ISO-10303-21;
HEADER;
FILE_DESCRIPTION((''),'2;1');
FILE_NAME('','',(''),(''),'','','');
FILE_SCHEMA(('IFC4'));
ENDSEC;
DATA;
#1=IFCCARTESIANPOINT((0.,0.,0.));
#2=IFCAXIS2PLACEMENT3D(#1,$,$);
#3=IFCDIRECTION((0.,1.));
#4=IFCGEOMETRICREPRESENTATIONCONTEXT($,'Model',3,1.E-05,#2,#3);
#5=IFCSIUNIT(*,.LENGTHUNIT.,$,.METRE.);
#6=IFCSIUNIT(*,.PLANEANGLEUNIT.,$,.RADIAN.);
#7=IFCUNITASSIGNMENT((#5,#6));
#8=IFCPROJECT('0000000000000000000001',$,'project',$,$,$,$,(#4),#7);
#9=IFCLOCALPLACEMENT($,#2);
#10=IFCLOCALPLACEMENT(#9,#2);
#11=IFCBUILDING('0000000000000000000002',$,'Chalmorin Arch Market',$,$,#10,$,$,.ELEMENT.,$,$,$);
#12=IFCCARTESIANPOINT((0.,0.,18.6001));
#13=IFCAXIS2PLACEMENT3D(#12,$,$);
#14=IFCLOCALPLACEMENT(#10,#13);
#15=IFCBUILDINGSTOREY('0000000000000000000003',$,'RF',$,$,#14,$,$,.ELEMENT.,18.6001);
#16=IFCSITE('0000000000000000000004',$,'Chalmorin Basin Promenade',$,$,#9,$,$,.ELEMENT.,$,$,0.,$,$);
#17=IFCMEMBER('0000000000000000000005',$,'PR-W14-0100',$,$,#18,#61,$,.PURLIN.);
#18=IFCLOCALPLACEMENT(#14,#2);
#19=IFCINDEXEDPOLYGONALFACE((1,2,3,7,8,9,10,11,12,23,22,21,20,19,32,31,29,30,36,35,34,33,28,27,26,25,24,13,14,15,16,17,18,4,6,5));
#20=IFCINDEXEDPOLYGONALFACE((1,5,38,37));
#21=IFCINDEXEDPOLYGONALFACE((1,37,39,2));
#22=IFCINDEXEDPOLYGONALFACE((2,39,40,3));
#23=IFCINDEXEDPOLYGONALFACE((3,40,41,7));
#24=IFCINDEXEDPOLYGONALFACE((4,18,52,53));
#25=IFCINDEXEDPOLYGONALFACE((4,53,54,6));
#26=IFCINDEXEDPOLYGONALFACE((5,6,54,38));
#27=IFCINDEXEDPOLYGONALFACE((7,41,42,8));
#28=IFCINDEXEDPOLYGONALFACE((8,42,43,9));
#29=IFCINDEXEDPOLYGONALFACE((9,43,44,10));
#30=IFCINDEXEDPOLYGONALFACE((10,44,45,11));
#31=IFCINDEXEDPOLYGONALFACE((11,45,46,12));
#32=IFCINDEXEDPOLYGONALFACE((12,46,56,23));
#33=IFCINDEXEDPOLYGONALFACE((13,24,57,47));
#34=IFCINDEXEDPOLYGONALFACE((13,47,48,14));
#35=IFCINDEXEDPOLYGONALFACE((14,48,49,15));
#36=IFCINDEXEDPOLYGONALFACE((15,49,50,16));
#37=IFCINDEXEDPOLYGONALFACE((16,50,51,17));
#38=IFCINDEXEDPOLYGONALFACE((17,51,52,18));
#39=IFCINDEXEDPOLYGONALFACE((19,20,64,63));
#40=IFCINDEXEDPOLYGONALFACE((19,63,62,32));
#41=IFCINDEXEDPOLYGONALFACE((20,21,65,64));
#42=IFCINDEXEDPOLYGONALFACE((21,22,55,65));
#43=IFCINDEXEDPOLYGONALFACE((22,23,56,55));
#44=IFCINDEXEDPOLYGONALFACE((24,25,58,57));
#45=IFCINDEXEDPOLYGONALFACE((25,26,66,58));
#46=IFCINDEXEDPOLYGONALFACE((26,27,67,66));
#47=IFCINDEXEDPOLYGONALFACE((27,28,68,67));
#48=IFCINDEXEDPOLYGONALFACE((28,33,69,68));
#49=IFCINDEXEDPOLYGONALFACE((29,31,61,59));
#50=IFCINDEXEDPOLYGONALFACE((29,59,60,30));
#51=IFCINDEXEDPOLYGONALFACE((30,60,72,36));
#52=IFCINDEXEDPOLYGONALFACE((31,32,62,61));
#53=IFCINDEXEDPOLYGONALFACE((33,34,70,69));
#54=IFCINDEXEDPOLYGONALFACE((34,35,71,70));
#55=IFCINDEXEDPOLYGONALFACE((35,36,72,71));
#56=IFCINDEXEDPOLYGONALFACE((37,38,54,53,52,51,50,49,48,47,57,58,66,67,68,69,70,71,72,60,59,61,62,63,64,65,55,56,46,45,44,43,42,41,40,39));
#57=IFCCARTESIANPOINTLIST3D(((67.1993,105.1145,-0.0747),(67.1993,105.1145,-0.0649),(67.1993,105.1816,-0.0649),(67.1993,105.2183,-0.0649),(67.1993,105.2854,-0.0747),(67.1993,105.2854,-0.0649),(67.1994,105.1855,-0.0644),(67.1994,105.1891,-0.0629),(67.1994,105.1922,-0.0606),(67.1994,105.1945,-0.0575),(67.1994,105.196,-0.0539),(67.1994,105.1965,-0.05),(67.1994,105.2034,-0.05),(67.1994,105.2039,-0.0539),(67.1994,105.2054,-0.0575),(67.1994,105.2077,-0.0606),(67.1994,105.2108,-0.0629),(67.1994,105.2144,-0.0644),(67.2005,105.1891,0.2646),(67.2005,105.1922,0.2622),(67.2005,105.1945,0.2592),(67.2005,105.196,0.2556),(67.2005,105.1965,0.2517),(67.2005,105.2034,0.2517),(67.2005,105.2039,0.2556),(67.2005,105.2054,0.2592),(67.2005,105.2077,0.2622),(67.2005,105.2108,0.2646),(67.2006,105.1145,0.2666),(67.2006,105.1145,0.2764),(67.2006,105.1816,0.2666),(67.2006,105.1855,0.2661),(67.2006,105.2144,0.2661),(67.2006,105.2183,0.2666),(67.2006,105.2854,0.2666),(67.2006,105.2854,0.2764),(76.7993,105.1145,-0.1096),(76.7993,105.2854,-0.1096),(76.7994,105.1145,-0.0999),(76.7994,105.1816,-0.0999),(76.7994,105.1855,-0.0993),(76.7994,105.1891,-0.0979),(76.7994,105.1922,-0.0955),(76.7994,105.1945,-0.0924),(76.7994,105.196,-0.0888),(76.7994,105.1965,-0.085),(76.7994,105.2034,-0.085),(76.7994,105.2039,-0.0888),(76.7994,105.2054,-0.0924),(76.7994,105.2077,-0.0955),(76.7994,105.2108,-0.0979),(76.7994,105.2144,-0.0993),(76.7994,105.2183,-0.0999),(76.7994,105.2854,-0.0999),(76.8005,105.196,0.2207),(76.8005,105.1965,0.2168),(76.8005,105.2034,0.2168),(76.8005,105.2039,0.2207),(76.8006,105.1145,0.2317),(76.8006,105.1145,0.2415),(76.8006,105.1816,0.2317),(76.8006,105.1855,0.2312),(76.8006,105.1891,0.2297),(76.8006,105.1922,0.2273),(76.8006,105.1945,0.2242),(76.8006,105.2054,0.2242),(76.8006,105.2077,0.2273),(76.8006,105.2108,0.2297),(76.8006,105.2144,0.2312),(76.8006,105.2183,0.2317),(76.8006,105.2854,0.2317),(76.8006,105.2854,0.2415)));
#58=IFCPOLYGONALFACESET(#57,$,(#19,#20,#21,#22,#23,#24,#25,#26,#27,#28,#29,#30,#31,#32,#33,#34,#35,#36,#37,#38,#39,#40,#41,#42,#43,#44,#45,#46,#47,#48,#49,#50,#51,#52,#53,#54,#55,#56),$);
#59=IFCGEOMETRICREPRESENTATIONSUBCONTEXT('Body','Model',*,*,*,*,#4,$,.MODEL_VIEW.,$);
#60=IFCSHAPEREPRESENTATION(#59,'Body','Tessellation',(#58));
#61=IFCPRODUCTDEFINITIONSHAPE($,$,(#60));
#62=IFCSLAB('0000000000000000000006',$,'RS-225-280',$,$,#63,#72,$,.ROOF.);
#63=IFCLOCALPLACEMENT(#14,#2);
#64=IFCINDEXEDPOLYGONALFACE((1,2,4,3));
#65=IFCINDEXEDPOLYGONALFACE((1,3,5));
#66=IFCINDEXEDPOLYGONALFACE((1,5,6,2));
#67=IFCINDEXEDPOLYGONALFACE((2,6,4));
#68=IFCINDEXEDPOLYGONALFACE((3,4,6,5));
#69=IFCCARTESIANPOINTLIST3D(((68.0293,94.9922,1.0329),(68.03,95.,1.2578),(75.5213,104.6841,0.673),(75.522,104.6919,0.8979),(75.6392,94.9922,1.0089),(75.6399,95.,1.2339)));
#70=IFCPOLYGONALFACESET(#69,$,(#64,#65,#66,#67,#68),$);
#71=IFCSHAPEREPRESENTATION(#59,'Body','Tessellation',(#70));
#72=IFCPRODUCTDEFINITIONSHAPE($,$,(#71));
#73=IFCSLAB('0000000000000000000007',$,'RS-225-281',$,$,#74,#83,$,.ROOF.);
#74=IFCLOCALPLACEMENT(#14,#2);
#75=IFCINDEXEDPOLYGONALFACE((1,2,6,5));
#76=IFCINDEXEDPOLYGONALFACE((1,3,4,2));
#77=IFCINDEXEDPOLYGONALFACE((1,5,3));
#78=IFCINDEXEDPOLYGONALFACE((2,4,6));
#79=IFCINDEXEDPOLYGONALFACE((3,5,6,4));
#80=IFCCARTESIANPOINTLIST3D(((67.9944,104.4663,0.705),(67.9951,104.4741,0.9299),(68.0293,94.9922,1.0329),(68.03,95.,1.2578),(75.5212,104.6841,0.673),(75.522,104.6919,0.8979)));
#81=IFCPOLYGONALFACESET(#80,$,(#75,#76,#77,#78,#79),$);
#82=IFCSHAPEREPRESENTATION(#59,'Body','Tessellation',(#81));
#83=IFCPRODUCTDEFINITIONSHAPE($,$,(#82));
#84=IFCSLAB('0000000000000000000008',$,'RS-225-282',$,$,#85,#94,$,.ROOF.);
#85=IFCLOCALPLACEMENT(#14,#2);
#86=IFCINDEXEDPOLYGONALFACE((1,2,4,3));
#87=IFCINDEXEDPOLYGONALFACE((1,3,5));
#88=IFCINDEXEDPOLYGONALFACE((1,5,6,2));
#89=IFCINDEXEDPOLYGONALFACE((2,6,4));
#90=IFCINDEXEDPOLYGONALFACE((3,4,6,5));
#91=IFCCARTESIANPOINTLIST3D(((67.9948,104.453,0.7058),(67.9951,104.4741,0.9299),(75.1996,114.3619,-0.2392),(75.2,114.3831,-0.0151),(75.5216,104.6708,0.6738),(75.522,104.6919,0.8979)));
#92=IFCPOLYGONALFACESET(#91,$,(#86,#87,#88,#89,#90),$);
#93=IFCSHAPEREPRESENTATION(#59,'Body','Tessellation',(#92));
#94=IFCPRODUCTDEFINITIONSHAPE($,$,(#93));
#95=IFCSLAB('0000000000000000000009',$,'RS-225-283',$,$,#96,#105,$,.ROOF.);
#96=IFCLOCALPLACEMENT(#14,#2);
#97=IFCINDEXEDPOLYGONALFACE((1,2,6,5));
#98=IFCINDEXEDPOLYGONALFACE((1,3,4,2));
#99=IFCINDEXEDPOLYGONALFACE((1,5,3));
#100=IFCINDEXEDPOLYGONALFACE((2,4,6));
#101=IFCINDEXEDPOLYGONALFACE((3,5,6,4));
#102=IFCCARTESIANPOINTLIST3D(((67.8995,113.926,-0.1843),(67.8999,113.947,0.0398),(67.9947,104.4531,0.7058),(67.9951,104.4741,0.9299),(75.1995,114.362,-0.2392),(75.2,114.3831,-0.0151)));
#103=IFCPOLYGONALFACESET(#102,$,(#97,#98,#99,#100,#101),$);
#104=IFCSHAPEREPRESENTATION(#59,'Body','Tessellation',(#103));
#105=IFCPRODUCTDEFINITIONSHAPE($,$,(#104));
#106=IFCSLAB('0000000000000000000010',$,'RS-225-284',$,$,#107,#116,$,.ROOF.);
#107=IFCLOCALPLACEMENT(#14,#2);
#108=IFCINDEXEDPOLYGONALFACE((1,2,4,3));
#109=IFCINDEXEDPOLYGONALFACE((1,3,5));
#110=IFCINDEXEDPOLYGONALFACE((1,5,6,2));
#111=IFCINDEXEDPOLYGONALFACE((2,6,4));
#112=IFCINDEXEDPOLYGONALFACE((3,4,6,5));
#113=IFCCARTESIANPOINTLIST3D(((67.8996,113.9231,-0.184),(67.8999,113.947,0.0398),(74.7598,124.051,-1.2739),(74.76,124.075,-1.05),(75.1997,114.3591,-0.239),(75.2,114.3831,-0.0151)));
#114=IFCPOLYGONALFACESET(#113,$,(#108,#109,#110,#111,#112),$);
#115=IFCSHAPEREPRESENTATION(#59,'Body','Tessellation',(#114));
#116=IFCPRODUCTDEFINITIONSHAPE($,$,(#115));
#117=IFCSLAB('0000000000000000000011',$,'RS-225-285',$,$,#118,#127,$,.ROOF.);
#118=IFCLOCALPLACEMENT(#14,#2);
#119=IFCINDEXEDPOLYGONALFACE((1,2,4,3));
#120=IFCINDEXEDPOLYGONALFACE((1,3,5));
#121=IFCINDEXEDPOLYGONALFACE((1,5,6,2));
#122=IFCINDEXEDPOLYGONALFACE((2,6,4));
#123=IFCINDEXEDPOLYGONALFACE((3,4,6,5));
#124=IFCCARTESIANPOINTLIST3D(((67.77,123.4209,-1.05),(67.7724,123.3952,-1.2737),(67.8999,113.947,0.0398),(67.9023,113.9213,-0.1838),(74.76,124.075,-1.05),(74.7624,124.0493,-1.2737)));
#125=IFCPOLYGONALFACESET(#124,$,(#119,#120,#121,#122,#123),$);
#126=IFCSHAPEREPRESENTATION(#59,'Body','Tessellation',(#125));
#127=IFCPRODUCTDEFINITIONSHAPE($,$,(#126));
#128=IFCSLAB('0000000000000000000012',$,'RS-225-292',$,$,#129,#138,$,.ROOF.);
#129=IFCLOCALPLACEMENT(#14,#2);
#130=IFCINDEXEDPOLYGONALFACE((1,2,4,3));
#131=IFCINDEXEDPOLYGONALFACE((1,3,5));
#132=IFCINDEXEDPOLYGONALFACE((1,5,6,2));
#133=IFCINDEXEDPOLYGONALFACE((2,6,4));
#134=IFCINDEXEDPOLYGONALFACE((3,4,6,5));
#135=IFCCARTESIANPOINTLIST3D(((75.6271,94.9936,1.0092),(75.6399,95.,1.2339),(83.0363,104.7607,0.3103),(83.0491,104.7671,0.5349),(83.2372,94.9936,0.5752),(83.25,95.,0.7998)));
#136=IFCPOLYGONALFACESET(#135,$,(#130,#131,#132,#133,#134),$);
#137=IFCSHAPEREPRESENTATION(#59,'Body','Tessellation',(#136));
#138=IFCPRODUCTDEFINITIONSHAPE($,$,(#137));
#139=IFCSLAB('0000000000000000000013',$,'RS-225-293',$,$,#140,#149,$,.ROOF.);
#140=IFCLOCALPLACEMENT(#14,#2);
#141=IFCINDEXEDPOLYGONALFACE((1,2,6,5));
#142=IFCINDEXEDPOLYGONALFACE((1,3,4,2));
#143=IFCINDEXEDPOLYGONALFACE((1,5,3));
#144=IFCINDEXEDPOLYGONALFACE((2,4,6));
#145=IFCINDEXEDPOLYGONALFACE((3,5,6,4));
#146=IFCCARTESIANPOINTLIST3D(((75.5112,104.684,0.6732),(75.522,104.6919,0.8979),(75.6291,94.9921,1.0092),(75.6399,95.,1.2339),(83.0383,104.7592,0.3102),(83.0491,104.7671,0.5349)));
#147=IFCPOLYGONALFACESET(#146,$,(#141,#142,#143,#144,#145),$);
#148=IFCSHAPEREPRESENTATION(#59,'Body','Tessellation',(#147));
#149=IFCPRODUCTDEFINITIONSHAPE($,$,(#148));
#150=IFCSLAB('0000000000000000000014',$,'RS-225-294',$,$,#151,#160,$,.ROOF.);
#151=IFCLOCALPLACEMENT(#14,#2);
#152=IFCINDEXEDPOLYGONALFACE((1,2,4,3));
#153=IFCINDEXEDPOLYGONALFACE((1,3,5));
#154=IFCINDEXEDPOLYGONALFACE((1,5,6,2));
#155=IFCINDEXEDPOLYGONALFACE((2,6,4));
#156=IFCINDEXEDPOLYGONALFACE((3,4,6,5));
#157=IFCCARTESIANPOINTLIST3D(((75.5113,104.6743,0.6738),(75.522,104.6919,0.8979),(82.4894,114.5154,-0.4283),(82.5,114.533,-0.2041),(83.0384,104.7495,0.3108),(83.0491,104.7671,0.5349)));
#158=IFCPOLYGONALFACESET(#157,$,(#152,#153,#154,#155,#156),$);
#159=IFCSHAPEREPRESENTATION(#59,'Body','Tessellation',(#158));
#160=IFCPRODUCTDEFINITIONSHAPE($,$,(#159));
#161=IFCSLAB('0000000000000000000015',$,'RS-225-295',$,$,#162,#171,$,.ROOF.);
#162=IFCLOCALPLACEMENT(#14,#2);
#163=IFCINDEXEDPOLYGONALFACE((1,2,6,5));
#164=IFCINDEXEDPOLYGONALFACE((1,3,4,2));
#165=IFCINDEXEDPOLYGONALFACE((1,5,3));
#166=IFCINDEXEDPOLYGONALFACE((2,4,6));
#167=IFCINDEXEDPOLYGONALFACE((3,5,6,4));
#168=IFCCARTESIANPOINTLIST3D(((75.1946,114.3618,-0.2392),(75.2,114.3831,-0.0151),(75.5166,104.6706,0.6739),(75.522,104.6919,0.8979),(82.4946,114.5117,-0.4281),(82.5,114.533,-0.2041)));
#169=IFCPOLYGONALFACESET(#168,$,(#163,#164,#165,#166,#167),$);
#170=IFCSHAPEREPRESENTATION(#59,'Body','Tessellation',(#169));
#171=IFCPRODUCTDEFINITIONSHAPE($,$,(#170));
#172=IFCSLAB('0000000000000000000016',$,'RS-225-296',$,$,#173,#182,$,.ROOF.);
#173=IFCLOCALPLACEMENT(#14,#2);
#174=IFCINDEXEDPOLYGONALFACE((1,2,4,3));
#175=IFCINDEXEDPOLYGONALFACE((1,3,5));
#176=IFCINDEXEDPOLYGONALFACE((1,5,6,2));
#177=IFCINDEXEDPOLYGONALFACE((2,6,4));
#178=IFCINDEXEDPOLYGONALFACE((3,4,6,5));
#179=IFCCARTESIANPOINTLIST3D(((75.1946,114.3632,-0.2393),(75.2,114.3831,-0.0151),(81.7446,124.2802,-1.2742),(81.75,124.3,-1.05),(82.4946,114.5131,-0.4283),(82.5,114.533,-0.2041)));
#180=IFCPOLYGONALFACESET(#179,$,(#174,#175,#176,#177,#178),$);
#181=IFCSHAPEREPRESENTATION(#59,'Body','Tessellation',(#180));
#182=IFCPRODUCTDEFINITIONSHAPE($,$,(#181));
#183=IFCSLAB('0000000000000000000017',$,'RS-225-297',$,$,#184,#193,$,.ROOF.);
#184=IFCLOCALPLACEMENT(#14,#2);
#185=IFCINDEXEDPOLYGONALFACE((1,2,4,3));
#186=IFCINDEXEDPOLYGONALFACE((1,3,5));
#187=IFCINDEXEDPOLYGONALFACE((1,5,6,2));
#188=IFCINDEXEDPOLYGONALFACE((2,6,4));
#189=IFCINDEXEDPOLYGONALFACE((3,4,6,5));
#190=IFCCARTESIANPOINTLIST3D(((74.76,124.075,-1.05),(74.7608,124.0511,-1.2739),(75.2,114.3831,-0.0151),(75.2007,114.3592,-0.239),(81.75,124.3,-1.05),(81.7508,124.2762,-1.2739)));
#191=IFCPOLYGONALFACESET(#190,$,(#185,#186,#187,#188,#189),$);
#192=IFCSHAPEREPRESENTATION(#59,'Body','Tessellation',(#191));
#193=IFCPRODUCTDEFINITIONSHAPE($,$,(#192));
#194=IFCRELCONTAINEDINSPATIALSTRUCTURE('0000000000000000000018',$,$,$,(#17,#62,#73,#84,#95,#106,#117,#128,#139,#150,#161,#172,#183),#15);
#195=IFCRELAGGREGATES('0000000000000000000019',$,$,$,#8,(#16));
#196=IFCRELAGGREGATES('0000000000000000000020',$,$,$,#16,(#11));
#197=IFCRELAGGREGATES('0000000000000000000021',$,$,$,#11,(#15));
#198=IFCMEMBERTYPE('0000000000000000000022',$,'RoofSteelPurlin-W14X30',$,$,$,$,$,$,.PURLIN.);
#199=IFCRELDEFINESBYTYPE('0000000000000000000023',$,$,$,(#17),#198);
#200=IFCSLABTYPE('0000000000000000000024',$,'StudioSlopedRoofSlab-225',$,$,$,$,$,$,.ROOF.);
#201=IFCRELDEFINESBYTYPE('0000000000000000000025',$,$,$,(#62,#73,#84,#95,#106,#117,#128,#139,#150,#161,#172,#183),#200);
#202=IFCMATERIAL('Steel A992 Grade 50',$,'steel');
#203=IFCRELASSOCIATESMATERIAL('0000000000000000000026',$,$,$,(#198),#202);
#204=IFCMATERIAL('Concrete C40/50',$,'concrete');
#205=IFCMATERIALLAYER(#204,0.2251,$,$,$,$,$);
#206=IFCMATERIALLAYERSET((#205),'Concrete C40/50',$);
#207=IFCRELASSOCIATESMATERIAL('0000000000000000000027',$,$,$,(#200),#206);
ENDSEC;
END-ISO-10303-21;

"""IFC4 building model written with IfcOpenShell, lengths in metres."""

from ifc_helpers import new_model, si_unit, direction, frame, origin, origin_2d, place, context, subcontext, project, spatial, polyline, i_section, outline, extrude, material, layer, layer_set, material_profile, profile_set, type_object, element, save


model = new_model("IFC4")

# Units and contexts
model_context = context("Model", 3, precision=1e-05, world=origin(), true_north=direction((0.0, 1.0)))
body_context = subcontext(model_context, "Body", "Model", "MODEL_VIEW")
ifc_project = project(units=[si_unit("LENGTHUNIT", "METRE"), si_unit("PLANEANGLEUNIT", "RADIAN")], contexts=[model_context])

# Site, building, storey
site_placement = place(None, origin())
site = spatial("IfcSite", under=ifc_project, at=site_placement, Name="Chalmorin Basin Promenade", CompositionType="ELEMENT", RefElevation=0.0)
building_placement = place(site_placement, origin())
building = spatial("IfcBuilding", under=site, at=building_placement, Name="Chalmorin Arch Market", CompositionType="ELEMENT")
storey_placement = place(building_placement, frame((0.0, 0.0, 18.6001)))
storey = spatial("IfcBuildingStorey", under=building, at=storey_placement, Name="RF", CompositionType="ELEMENT", Elevation=18.6001)

# Shared definitions
ifc_material_1 = material(Name="Concrete C40/50", Category="concrete")

# Shared definitions
ifc_material_2 = material(Name="Steel A992 Grade 50", Category="steel")

# Member
ifc_material_profile_1 = material_profile(ifc_material_2, i_section(OverallWidth=0.1709, OverallDepth=0.3511, WebThickness=0.0068, FlangeThickness=0.0098, FilletRadius=0.0149, at=origin_2d()), Name="W14X30")
ifc_profile_set_1 = profile_set([ifc_material_profile_1], Name="Steel A992 Grade 50")
member_type = type_object("IfcMemberType", Name="RoofSteelPurlin-W14X30", PredefinedType="PURLIN", material=ifc_profile_set_1)
for number, where, z_axis, x_axis, name in (
    (1, (67.2, 105.2, 0.1008), (0.999993, 0.0, -0.003637), (0.0, 1.0, 0.0), "PR-W14-0100"),
):
    element("IfcMember", number, at=place(storey_placement, frame(where, z_axis=z_axis, x_axis=x_axis)), inside=storey, type_object=member_type, Name=name, PredefinedType="PURLIN", context=body_context, shape_type="SweptSolid", body=[
        extrude(i_section(OverallWidth=0.1709, OverallDepth=0.3511, WebThickness=0.0068, FlangeThickness=0.0098, FilletRadius=0.0149, at=origin_2d()), origin(), (0.0, 0.0, 1.0), 9.6001),
    ])

# Slabs
ifc_layer = layer(ifc_material_1, 0.2251)
ifc_layer_set = layer_set([ifc_layer], Name="Concrete C40/50")
slab_type = type_object("IfcSlabType", Name="StudioSlopedRoofSlab-225", PredefinedType="ROOF", material=ifc_layer_set)
slab_1_placement = place(storey_placement, frame((68.03, 95.0, 1.2578), z_axis=(0.003142, 0.034679, 0.999394), x_axis=(0.999995, 0.0, -0.003144)))
element("IfcSlab", 2, at=slab_1_placement, inside=storey, type_object=slab_type, Name="RS-225-280", PredefinedType="ROOF", context=body_context, shape_type="SweptSolid", body=[
    extrude(outline(polyline([(0.0, 0.0), (7.6099, 0.0), (7.493, 9.6977), (0.0, 0.0)])), origin(), (0.0, 0.0, -1.0), 0.2251),
])
slab_2_placement = place(storey_placement, frame((68.03, 95.0, 1.2578), z_axis=(0.003245, 0.034599, 0.999396), x_axis=(0.611324, 0.790835, -0.029364)))
element("IfcSlab", 3, at=slab_2_placement, inside=storey, type_object=slab_type, Name="RS-225-281", PredefinedType="ROOF", context=body_context, shape_type="SweptSolid", body=[
    extrude(outline(polyline([(0.0, 0.0), (12.2553, 0.0), (7.4808, 5.8229), (0.0, 0.0)])), origin(), (0.0, 0.0, -1.0), 0.2251),
])
slab_3_placement = place(storey_placement, frame((67.9951, 104.4741, 0.9299), z_axis=(0.001515, 0.093853, 0.995585), x_axis=(0.999573, 0.02892, -0.004247)))
element("IfcSlab", 4, at=slab_3_placement, inside=storey, type_object=slab_type, Name="RS-225-282", PredefinedType="ROOF", context=body_context, shape_type="SweptSolid", body=[
    extrude(outline(polyline([(0.0, 0.0), (7.5301, 0.0), (7.4923, 9.7393), (0.0, 0.0)])), origin(), (0.0, 0.0, -1.0), 0.2251),
])
slab_4_placement = place(storey_placement, frame((67.9951, 104.4741, 0.9299), z_axis=(0.001903, 0.093573, 0.995611), x_axis=(0.586341, 0.806405, -0.076911)))
element("IfcSlab", 5, at=slab_4_placement, inside=storey, type_object=slab_type, Name="RS-225-283", PredefinedType="ROOF", context=body_context, shape_type="SweptSolid", body=[
    extrude(outline(polyline([(0.0, 0.0), (12.2878, 0.0), (7.6516, 5.656), (0.0, 0.0)])), origin(), (0.0, 0.0, -1.0), 0.2251),
])
slab_5_placement = place(storey_placement, frame((67.8999, 113.947, 0.0398), z_axis=(0.001137, 0.106229, 0.994341), x_axis=(0.998193, 0.059622, -0.007511)))
element("IfcSlab", 6, at=slab_5_placement, inside=storey, type_object=slab_type, Name="RS-225-284", PredefinedType="ROOF", context=body_context, shape_type="SweptSolid", body=[
    extrude(outline(polyline([(0.0, 0.0), (7.3133, 0.0), (7.4597, 9.7558), (0.0, 0.0)])), origin(), (0.0, 0.0, -1.0), 0.2251),
])
slab_6_placement = place(storey_placement, frame((67.8999, 113.947, 0.0398), z_axis=(-0.010679, 0.114132, 0.993408), x_axis=(0.558594, 0.824681, -0.088742)))
element("IfcSlab", 7, at=slab_6_placement, inside=storey, type_object=slab_type, Name="RS-225-285", PredefinedType="ROOF", context=body_context, shape_type="SweptSolid", body=[
    extrude(outline(polyline([(0.0, 0.0), (12.281, 0.0), (7.8371, 5.435), (0.0, 0.0)])), origin(), (0.0, 0.0, -1.0), 0.2251),
])
slab_7_placement = place(storey_placement, frame((75.6399, 95.0, 1.2339), z_axis=(0.056925, 0.028237, 0.997979), x_axis=(0.998377, 0.0, -0.056948)))
element("IfcSlab", 8, at=slab_7_placement, inside=storey, type_object=slab_type, Name="RS-225-292", PredefinedType="ROOF", context=body_context, shape_type="SweptSolid", body=[
    extrude(outline(polyline([(0.0, 0.0), (7.6225, 0.0), (7.437, 9.771), (0.0, 0.0)])), origin(), (0.0, 0.0, -1.0), 0.2251),
])
slab_8_placement = place(storey_placement, frame((75.6399, 95.0, 1.2339), z_axis=(0.047794, 0.035182, 0.998237), x_axis=(0.603389, 0.795413, -0.056923)))
element("IfcSlab", 9, at=slab_8_placement, inside=storey, type_object=slab_type, Name="RS-225-293", PredefinedType="ROOF", context=body_context, shape_type="SweptSolid", body=[
    extrude(outline(polyline([(0.0, 0.0), (12.2793, 0.0), (7.657, 5.9523), (0.0, 0.0)])), origin(), (0.0, 0.0, -1.0), 0.2251),
])
slab_9_placement = place(storey_placement, frame((75.522, 104.6919, 0.8979), z_axis=(0.04725, 0.078014, 0.995832), x_axis=(0.998789, 0.009978, -0.048172)))
element("IfcSlab", 10, at=slab_9_placement, inside=storey, type_object=slab_type, Name="RS-225-294", PredefinedType="ROOF", context=body_context, shape_type="SweptSolid", body=[
    extrude(outline(polyline([(0.0, 0.0), (7.5362, 0.0), (7.1209, 9.8004), (0.0, 0.0)])), origin(), (0.0, 0.0, -1.0), 0.2251),
])
slab_10_placement = place(storey_placement, frame((75.522, 104.6919, 0.8979), z_axis=(0.02382, 0.094561, 0.995234), x_axis=(0.57602, 0.812358, -0.090972)))
element("IfcSlab", 11, at=slab_10_placement, inside=storey, type_object=slab_type, Name="RS-225-295", PredefinedType="ROOF", context=body_context, shape_type="SweptSolid", body=[
    extrude(outline(polyline([(0.0, 0.0), (12.1142, 0.0), (7.7703, 5.8719), (0.0, 0.0)])), origin(), (0.0, 0.0, -1.0), 0.2251),
])
slab_11_placement = place(storey_placement, frame((75.2, 114.3831, -0.0151), z_axis=(0.023968, 0.088091, 0.995824), x_axis=(0.999455, 0.020523, -0.025871)))
element("IfcSlab", 12, at=slab_11_placement, inside=storey, type_object=slab_type, Name="RS-225-296", PredefinedType="ROOF", context=body_context, shape_type="SweptSolid", body=[
    extrude(outline(polyline([(0.0, 0.0), (7.304, 0.0), (6.7768, 9.8182), (0.0, 0.0)])), origin(), (0.0, 0.0, -1.0), 0.2251),
])
slab_12_placement = place(storey_placement, frame((75.2, 114.3831, -0.0151), z_axis=(-0.003414, 0.106024, 0.994358), x_axis=(0.549048, 0.831277, -0.08675)))
element("IfcSlab", 13, at=slab_12_placement, inside=storey, type_object=slab_type, Name="RS-225-297", PredefinedType="ROOF", context=body_context, shape_type="SweptSolid", body=[
    extrude(outline(polyline([(0.0, 0.0), (11.9298, 0.0), (7.9049, 5.7193), (0.0, 0.0)])), origin(), (0.0, 0.0, -1.0), 0.2251),
])

save(model, "model.ifc")
